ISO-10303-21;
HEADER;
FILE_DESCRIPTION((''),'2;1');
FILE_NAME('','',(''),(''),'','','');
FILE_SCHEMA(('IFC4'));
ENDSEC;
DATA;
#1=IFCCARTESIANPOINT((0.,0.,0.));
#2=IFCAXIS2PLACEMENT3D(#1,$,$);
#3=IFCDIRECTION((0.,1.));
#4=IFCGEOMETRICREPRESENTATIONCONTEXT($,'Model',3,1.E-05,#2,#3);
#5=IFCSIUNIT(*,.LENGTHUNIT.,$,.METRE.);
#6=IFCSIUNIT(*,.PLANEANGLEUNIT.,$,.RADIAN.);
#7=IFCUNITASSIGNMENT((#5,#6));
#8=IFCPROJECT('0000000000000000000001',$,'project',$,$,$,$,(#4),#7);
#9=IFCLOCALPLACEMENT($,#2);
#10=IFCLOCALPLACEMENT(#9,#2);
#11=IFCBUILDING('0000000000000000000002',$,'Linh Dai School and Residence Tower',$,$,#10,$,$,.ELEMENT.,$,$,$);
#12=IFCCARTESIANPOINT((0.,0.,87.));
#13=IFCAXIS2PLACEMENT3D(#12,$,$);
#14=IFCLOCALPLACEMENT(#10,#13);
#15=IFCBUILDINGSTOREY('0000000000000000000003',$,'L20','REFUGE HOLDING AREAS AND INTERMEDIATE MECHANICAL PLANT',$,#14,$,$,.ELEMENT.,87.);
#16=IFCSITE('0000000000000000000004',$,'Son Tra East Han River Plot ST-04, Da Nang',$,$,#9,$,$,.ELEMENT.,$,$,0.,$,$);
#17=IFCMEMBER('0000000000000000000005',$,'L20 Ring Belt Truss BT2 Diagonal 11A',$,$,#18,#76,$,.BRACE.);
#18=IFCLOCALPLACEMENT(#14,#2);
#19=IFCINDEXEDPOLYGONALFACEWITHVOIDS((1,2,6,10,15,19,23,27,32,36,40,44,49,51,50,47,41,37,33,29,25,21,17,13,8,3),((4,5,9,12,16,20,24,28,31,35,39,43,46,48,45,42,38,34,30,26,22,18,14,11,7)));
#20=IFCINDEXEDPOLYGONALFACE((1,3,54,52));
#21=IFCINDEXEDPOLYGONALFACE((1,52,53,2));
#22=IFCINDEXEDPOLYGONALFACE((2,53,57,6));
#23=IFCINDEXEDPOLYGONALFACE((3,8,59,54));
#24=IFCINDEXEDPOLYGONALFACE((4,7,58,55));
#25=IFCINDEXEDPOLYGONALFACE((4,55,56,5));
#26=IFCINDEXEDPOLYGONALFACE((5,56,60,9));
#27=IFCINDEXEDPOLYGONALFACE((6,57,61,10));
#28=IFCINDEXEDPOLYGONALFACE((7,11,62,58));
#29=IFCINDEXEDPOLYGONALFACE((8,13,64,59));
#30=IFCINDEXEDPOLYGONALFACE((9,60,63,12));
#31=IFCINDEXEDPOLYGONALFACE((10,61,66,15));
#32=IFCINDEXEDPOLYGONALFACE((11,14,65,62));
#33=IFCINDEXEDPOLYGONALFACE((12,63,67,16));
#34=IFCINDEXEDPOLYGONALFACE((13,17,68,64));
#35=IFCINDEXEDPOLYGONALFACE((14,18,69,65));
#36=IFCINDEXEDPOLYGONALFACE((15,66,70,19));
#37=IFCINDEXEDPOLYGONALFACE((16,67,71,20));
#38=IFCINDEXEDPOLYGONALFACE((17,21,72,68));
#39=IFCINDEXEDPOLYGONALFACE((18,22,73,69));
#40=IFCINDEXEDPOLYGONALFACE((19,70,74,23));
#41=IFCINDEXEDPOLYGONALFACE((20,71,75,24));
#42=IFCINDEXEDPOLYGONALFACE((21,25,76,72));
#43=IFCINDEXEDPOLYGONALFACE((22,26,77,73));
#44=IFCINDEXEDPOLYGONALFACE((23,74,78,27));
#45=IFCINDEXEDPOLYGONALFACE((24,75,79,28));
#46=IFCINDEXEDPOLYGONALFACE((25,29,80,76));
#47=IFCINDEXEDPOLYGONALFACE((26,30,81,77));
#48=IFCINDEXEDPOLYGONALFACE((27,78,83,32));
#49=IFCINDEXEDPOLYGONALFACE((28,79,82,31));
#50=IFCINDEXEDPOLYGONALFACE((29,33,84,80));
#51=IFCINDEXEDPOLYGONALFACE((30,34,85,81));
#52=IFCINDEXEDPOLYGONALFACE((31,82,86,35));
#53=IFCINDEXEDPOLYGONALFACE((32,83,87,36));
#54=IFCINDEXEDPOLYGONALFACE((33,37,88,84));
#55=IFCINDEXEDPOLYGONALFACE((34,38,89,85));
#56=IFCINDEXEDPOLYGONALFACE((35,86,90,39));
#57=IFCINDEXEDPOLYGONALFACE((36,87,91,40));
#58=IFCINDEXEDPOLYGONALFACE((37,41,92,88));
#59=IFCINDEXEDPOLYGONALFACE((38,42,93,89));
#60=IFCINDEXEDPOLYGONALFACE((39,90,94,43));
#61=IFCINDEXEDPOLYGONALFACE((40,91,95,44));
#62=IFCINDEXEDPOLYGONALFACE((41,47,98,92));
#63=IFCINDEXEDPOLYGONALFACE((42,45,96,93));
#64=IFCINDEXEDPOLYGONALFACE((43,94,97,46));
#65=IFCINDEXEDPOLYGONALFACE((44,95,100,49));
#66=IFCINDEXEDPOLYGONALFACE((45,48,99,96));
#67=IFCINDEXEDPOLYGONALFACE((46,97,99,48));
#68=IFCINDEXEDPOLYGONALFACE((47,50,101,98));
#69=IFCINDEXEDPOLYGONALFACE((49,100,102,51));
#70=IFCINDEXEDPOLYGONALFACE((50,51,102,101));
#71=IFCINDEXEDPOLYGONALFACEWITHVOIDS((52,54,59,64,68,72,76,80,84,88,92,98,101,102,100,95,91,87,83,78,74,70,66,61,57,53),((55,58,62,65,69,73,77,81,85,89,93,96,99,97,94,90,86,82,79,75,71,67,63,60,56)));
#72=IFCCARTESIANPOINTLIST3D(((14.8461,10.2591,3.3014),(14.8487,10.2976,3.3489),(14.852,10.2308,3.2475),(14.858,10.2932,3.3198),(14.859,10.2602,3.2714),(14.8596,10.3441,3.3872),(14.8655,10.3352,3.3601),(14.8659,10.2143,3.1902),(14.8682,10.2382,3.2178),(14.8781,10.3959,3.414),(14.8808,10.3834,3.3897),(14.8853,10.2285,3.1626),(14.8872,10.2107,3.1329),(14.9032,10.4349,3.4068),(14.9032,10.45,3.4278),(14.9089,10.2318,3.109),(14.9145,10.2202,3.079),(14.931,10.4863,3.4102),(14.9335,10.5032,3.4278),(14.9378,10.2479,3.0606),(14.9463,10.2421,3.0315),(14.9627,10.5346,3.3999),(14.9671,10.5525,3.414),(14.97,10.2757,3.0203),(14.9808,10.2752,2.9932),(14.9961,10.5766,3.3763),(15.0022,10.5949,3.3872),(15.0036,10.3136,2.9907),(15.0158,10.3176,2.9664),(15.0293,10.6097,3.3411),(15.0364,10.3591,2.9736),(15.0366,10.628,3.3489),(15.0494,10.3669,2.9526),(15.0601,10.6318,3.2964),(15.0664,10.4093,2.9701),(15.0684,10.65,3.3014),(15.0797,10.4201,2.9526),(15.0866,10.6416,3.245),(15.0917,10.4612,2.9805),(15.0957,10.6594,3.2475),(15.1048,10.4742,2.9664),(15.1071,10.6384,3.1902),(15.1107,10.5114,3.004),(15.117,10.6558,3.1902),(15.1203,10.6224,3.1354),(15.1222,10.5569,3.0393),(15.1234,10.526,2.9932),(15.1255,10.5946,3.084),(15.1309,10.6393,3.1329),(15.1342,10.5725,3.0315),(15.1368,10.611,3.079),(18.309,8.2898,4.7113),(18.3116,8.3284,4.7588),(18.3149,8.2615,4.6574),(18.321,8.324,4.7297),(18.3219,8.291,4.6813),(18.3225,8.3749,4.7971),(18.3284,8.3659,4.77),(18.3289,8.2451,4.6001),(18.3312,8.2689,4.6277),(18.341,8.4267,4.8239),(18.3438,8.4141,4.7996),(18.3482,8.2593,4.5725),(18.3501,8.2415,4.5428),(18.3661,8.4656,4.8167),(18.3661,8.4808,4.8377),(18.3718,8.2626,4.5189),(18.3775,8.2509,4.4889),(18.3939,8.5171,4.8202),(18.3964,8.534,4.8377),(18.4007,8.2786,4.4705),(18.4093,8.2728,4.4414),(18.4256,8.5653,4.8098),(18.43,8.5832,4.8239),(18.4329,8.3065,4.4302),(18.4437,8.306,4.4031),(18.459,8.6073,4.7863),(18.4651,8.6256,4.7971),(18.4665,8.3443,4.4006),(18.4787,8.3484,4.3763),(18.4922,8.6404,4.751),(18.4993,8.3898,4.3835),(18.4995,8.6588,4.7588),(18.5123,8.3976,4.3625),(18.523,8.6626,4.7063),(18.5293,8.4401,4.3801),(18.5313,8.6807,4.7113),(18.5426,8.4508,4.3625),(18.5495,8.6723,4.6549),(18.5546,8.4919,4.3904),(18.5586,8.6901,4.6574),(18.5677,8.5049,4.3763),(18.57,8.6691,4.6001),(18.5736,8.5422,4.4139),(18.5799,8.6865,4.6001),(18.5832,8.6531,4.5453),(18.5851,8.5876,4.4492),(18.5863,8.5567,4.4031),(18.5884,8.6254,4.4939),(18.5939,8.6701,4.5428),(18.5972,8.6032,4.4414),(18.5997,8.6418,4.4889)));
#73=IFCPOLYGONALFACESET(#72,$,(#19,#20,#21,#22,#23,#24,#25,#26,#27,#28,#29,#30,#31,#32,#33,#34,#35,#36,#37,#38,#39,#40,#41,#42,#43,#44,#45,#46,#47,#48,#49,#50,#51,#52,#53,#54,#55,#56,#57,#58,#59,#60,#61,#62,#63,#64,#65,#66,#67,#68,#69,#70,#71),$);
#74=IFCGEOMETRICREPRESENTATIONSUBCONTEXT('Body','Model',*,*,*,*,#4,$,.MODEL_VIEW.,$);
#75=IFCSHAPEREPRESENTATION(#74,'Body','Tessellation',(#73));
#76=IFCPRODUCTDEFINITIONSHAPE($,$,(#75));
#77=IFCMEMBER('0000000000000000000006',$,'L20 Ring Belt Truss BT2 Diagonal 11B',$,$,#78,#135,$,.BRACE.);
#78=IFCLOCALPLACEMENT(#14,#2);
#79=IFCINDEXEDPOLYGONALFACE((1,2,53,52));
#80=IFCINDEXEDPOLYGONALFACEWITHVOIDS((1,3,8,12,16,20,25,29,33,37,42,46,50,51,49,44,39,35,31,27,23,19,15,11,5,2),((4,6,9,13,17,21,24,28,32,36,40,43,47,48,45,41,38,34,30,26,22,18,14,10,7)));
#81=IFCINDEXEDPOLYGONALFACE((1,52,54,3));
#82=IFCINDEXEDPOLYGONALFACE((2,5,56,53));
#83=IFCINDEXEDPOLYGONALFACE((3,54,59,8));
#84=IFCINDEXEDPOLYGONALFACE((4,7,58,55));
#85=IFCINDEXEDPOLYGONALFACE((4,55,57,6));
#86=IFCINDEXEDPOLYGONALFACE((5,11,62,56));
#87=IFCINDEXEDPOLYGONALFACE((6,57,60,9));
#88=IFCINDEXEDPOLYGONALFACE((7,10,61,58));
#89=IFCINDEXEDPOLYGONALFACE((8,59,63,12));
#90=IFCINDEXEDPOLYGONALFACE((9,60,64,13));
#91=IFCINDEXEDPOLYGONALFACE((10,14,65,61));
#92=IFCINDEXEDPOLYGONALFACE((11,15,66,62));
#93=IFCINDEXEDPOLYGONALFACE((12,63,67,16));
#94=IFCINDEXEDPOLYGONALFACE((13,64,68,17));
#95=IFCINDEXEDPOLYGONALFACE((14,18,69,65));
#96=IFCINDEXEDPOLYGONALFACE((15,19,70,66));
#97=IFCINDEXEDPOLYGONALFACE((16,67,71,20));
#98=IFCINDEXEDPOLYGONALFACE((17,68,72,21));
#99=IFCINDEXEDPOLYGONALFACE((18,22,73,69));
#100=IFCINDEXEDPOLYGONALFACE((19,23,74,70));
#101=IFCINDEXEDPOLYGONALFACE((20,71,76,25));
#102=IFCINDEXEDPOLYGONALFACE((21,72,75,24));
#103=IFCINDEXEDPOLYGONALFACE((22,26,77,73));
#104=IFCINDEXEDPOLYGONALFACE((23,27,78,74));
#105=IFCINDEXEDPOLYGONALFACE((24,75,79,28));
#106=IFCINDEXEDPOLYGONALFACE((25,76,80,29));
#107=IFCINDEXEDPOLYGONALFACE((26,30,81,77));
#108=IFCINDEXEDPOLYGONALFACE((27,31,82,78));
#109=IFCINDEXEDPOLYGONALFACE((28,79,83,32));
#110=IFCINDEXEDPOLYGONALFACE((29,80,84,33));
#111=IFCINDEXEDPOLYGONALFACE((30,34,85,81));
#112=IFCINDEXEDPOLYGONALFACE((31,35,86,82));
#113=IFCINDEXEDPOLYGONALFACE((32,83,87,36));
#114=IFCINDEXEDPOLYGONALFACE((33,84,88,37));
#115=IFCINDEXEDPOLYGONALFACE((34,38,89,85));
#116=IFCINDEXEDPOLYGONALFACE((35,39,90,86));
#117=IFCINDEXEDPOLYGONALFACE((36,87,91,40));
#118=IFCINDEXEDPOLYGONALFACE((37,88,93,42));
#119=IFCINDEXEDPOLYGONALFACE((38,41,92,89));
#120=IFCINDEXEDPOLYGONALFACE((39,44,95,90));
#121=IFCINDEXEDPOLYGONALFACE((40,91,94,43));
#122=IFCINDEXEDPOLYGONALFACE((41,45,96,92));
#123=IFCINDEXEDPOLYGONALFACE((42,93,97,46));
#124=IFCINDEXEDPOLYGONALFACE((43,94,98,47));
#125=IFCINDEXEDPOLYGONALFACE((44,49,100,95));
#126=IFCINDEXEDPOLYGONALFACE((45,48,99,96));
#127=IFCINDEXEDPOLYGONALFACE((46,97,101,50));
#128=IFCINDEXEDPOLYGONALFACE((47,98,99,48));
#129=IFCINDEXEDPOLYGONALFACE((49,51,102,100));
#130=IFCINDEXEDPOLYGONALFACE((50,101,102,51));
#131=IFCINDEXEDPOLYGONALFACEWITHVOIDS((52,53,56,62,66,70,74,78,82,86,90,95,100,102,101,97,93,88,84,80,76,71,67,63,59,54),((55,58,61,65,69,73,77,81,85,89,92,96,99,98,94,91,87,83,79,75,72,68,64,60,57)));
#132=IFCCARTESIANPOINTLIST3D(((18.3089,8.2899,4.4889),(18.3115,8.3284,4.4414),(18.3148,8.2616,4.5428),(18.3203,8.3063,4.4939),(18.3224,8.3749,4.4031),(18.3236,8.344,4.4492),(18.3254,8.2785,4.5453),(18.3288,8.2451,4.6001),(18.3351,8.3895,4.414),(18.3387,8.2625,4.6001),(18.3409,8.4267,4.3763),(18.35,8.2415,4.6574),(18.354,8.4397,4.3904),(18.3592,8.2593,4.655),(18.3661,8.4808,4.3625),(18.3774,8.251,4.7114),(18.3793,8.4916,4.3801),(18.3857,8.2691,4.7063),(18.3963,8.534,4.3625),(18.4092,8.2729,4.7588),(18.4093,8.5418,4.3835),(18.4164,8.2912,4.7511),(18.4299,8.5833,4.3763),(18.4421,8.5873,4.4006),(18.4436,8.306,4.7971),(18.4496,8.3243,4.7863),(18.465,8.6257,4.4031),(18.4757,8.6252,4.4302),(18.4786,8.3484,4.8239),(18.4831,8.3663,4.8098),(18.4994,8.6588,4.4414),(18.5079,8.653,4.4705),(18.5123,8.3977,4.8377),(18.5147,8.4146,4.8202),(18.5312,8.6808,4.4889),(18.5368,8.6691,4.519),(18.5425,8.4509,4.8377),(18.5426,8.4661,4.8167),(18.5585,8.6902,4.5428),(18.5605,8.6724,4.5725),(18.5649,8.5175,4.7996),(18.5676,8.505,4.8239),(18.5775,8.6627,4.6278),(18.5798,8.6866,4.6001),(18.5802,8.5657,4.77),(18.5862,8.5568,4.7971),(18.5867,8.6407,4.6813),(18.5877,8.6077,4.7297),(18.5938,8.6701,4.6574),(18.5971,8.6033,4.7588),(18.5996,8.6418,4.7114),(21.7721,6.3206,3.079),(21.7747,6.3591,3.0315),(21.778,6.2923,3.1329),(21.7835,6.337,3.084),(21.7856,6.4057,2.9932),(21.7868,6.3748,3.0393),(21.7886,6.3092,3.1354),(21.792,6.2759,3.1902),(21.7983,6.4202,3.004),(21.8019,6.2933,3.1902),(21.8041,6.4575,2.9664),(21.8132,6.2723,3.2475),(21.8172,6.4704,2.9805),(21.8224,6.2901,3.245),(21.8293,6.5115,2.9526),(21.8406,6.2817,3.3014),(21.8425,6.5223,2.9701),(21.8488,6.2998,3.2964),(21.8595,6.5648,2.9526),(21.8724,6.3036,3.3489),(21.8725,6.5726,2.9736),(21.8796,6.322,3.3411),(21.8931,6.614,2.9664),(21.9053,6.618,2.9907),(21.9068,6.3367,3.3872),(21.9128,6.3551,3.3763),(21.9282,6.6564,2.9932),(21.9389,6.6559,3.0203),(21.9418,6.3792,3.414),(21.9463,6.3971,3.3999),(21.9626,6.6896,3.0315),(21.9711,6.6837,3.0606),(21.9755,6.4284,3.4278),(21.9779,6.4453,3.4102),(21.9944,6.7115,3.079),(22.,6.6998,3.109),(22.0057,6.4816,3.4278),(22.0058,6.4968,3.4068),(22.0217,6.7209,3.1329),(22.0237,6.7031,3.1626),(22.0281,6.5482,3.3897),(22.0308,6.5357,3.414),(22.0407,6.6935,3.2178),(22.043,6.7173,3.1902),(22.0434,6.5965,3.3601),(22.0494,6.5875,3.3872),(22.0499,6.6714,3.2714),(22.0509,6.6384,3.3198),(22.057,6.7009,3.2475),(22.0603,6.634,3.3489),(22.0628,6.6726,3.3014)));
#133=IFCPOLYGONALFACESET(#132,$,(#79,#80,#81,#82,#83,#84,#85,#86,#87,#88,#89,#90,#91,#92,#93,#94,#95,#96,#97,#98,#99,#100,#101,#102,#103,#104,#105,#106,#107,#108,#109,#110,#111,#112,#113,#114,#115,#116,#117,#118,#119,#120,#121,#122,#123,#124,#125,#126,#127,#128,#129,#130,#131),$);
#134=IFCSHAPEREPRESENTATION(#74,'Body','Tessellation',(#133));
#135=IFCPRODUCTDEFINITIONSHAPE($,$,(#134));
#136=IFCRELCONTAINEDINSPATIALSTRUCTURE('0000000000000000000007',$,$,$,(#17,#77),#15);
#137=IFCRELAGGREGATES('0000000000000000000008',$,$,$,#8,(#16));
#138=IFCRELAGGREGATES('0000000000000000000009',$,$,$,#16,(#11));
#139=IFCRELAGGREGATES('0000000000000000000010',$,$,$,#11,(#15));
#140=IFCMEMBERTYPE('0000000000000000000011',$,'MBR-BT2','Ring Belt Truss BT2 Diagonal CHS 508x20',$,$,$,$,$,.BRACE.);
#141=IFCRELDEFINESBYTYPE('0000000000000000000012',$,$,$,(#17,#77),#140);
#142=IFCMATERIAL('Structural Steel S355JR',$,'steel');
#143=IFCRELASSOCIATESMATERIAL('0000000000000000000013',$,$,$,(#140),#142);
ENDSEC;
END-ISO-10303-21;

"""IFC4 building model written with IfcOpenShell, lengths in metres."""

from ifc_helpers import new_model, si_unit, direction, frame, origin, origin_2d, place, context, subcontext, project, spatial, hollow_circle, extrude, material, material_profile, profile_set, type_object, element, save


model = new_model("IFC4")

# Units and contexts
model_context = context("Model", 3, precision=1e-05, world=origin(), true_north=direction((0.0, 1.0)))
body_context = subcontext(model_context, "Body", "Model", "MODEL_VIEW")
ifc_project = project(units=[si_unit("LENGTHUNIT", "METRE"), si_unit("PLANEANGLEUNIT", "RADIAN")], contexts=[model_context])

# Site, building, storey
site_placement = place(None, origin())
site = spatial("IfcSite", under=ifc_project, at=site_placement, Name="Son Tra East Han River Plot ST-04, Da Nang", CompositionType="ELEMENT", RefElevation=0.0)
building_placement = place(site_placement, origin())
building = spatial("IfcBuilding", under=site, at=building_placement, Name="Linh Dai School and Residence Tower", CompositionType="ELEMENT")
storey_placement = place(building_placement, frame((0.0, 0.0, 87.0)))
storey = spatial("IfcBuildingStorey", under=building, at=storey_placement, Name="L20", Description="REFUGE HOLDING AREAS AND INTERMEDIATE MECHANICAL PLANT", CompositionType="ELEMENT", Elevation=87.0)

# Shared definitions
ifc_material_1 = material(Name="Structural Steel S355JR", Category="steel")

# Members
ifc_material_profile_1 = material_profile(ifc_material_1, hollow_circle(Radius=0.2539, WallThickness=0.02, at=origin_2d()), Name="CHS 508x20")
ifc_profile_set_1 = profile_set([ifc_material_profile_1], Name="Structural Steel S355JR")
member_type_1 = type_object("IfcMemberType", Name="MBR-BT2", Description="Ring Belt Truss BT2 Diagonal CHS 508x20", PredefinedType="BRACE", material=ifc_profile_set_1)
member_1_placement = place(storey_placement, frame((14.9915, 10.4351, 3.1902), z_axis=(0.819464, -0.466004, 0.333644), x_axis=(0.494329, 0.869275, 0.0)))
element("IfcMember", 1, at=member_1_placement, inside=storey, type_object=member_type_1, Name="L20 Ring Belt Truss BT2 Diagonal 11A", PredefinedType="BRACE", context=body_context, shape_type="SweptSolid", body=[
    extrude(hollow_circle(Radius=0.2539, WallThickness=0.02, at=origin_2d()), origin(), (0.0, 0.0, 1.0), 4.2258),
])
member_2_placement = place(storey_placement, frame((21.9175, 6.4966, 3.1902), z_axis=(-0.819483, 0.465982, 0.333628), x_axis=(-0.494303, -0.86929, 0.0)))
element("IfcMember", 2, at=member_2_placement, inside=storey, type_object=member_type_1, Name="L20 Ring Belt Truss BT2 Diagonal 11B", PredefinedType="BRACE", context=body_context, shape_type="SweptSolid", body=[
    extrude(hollow_circle(Radius=0.2539, WallThickness=0.02, at=origin_2d()), origin(), (0.0, 0.0, 1.0), 4.2261),
])

save(model, "model.ifc")
